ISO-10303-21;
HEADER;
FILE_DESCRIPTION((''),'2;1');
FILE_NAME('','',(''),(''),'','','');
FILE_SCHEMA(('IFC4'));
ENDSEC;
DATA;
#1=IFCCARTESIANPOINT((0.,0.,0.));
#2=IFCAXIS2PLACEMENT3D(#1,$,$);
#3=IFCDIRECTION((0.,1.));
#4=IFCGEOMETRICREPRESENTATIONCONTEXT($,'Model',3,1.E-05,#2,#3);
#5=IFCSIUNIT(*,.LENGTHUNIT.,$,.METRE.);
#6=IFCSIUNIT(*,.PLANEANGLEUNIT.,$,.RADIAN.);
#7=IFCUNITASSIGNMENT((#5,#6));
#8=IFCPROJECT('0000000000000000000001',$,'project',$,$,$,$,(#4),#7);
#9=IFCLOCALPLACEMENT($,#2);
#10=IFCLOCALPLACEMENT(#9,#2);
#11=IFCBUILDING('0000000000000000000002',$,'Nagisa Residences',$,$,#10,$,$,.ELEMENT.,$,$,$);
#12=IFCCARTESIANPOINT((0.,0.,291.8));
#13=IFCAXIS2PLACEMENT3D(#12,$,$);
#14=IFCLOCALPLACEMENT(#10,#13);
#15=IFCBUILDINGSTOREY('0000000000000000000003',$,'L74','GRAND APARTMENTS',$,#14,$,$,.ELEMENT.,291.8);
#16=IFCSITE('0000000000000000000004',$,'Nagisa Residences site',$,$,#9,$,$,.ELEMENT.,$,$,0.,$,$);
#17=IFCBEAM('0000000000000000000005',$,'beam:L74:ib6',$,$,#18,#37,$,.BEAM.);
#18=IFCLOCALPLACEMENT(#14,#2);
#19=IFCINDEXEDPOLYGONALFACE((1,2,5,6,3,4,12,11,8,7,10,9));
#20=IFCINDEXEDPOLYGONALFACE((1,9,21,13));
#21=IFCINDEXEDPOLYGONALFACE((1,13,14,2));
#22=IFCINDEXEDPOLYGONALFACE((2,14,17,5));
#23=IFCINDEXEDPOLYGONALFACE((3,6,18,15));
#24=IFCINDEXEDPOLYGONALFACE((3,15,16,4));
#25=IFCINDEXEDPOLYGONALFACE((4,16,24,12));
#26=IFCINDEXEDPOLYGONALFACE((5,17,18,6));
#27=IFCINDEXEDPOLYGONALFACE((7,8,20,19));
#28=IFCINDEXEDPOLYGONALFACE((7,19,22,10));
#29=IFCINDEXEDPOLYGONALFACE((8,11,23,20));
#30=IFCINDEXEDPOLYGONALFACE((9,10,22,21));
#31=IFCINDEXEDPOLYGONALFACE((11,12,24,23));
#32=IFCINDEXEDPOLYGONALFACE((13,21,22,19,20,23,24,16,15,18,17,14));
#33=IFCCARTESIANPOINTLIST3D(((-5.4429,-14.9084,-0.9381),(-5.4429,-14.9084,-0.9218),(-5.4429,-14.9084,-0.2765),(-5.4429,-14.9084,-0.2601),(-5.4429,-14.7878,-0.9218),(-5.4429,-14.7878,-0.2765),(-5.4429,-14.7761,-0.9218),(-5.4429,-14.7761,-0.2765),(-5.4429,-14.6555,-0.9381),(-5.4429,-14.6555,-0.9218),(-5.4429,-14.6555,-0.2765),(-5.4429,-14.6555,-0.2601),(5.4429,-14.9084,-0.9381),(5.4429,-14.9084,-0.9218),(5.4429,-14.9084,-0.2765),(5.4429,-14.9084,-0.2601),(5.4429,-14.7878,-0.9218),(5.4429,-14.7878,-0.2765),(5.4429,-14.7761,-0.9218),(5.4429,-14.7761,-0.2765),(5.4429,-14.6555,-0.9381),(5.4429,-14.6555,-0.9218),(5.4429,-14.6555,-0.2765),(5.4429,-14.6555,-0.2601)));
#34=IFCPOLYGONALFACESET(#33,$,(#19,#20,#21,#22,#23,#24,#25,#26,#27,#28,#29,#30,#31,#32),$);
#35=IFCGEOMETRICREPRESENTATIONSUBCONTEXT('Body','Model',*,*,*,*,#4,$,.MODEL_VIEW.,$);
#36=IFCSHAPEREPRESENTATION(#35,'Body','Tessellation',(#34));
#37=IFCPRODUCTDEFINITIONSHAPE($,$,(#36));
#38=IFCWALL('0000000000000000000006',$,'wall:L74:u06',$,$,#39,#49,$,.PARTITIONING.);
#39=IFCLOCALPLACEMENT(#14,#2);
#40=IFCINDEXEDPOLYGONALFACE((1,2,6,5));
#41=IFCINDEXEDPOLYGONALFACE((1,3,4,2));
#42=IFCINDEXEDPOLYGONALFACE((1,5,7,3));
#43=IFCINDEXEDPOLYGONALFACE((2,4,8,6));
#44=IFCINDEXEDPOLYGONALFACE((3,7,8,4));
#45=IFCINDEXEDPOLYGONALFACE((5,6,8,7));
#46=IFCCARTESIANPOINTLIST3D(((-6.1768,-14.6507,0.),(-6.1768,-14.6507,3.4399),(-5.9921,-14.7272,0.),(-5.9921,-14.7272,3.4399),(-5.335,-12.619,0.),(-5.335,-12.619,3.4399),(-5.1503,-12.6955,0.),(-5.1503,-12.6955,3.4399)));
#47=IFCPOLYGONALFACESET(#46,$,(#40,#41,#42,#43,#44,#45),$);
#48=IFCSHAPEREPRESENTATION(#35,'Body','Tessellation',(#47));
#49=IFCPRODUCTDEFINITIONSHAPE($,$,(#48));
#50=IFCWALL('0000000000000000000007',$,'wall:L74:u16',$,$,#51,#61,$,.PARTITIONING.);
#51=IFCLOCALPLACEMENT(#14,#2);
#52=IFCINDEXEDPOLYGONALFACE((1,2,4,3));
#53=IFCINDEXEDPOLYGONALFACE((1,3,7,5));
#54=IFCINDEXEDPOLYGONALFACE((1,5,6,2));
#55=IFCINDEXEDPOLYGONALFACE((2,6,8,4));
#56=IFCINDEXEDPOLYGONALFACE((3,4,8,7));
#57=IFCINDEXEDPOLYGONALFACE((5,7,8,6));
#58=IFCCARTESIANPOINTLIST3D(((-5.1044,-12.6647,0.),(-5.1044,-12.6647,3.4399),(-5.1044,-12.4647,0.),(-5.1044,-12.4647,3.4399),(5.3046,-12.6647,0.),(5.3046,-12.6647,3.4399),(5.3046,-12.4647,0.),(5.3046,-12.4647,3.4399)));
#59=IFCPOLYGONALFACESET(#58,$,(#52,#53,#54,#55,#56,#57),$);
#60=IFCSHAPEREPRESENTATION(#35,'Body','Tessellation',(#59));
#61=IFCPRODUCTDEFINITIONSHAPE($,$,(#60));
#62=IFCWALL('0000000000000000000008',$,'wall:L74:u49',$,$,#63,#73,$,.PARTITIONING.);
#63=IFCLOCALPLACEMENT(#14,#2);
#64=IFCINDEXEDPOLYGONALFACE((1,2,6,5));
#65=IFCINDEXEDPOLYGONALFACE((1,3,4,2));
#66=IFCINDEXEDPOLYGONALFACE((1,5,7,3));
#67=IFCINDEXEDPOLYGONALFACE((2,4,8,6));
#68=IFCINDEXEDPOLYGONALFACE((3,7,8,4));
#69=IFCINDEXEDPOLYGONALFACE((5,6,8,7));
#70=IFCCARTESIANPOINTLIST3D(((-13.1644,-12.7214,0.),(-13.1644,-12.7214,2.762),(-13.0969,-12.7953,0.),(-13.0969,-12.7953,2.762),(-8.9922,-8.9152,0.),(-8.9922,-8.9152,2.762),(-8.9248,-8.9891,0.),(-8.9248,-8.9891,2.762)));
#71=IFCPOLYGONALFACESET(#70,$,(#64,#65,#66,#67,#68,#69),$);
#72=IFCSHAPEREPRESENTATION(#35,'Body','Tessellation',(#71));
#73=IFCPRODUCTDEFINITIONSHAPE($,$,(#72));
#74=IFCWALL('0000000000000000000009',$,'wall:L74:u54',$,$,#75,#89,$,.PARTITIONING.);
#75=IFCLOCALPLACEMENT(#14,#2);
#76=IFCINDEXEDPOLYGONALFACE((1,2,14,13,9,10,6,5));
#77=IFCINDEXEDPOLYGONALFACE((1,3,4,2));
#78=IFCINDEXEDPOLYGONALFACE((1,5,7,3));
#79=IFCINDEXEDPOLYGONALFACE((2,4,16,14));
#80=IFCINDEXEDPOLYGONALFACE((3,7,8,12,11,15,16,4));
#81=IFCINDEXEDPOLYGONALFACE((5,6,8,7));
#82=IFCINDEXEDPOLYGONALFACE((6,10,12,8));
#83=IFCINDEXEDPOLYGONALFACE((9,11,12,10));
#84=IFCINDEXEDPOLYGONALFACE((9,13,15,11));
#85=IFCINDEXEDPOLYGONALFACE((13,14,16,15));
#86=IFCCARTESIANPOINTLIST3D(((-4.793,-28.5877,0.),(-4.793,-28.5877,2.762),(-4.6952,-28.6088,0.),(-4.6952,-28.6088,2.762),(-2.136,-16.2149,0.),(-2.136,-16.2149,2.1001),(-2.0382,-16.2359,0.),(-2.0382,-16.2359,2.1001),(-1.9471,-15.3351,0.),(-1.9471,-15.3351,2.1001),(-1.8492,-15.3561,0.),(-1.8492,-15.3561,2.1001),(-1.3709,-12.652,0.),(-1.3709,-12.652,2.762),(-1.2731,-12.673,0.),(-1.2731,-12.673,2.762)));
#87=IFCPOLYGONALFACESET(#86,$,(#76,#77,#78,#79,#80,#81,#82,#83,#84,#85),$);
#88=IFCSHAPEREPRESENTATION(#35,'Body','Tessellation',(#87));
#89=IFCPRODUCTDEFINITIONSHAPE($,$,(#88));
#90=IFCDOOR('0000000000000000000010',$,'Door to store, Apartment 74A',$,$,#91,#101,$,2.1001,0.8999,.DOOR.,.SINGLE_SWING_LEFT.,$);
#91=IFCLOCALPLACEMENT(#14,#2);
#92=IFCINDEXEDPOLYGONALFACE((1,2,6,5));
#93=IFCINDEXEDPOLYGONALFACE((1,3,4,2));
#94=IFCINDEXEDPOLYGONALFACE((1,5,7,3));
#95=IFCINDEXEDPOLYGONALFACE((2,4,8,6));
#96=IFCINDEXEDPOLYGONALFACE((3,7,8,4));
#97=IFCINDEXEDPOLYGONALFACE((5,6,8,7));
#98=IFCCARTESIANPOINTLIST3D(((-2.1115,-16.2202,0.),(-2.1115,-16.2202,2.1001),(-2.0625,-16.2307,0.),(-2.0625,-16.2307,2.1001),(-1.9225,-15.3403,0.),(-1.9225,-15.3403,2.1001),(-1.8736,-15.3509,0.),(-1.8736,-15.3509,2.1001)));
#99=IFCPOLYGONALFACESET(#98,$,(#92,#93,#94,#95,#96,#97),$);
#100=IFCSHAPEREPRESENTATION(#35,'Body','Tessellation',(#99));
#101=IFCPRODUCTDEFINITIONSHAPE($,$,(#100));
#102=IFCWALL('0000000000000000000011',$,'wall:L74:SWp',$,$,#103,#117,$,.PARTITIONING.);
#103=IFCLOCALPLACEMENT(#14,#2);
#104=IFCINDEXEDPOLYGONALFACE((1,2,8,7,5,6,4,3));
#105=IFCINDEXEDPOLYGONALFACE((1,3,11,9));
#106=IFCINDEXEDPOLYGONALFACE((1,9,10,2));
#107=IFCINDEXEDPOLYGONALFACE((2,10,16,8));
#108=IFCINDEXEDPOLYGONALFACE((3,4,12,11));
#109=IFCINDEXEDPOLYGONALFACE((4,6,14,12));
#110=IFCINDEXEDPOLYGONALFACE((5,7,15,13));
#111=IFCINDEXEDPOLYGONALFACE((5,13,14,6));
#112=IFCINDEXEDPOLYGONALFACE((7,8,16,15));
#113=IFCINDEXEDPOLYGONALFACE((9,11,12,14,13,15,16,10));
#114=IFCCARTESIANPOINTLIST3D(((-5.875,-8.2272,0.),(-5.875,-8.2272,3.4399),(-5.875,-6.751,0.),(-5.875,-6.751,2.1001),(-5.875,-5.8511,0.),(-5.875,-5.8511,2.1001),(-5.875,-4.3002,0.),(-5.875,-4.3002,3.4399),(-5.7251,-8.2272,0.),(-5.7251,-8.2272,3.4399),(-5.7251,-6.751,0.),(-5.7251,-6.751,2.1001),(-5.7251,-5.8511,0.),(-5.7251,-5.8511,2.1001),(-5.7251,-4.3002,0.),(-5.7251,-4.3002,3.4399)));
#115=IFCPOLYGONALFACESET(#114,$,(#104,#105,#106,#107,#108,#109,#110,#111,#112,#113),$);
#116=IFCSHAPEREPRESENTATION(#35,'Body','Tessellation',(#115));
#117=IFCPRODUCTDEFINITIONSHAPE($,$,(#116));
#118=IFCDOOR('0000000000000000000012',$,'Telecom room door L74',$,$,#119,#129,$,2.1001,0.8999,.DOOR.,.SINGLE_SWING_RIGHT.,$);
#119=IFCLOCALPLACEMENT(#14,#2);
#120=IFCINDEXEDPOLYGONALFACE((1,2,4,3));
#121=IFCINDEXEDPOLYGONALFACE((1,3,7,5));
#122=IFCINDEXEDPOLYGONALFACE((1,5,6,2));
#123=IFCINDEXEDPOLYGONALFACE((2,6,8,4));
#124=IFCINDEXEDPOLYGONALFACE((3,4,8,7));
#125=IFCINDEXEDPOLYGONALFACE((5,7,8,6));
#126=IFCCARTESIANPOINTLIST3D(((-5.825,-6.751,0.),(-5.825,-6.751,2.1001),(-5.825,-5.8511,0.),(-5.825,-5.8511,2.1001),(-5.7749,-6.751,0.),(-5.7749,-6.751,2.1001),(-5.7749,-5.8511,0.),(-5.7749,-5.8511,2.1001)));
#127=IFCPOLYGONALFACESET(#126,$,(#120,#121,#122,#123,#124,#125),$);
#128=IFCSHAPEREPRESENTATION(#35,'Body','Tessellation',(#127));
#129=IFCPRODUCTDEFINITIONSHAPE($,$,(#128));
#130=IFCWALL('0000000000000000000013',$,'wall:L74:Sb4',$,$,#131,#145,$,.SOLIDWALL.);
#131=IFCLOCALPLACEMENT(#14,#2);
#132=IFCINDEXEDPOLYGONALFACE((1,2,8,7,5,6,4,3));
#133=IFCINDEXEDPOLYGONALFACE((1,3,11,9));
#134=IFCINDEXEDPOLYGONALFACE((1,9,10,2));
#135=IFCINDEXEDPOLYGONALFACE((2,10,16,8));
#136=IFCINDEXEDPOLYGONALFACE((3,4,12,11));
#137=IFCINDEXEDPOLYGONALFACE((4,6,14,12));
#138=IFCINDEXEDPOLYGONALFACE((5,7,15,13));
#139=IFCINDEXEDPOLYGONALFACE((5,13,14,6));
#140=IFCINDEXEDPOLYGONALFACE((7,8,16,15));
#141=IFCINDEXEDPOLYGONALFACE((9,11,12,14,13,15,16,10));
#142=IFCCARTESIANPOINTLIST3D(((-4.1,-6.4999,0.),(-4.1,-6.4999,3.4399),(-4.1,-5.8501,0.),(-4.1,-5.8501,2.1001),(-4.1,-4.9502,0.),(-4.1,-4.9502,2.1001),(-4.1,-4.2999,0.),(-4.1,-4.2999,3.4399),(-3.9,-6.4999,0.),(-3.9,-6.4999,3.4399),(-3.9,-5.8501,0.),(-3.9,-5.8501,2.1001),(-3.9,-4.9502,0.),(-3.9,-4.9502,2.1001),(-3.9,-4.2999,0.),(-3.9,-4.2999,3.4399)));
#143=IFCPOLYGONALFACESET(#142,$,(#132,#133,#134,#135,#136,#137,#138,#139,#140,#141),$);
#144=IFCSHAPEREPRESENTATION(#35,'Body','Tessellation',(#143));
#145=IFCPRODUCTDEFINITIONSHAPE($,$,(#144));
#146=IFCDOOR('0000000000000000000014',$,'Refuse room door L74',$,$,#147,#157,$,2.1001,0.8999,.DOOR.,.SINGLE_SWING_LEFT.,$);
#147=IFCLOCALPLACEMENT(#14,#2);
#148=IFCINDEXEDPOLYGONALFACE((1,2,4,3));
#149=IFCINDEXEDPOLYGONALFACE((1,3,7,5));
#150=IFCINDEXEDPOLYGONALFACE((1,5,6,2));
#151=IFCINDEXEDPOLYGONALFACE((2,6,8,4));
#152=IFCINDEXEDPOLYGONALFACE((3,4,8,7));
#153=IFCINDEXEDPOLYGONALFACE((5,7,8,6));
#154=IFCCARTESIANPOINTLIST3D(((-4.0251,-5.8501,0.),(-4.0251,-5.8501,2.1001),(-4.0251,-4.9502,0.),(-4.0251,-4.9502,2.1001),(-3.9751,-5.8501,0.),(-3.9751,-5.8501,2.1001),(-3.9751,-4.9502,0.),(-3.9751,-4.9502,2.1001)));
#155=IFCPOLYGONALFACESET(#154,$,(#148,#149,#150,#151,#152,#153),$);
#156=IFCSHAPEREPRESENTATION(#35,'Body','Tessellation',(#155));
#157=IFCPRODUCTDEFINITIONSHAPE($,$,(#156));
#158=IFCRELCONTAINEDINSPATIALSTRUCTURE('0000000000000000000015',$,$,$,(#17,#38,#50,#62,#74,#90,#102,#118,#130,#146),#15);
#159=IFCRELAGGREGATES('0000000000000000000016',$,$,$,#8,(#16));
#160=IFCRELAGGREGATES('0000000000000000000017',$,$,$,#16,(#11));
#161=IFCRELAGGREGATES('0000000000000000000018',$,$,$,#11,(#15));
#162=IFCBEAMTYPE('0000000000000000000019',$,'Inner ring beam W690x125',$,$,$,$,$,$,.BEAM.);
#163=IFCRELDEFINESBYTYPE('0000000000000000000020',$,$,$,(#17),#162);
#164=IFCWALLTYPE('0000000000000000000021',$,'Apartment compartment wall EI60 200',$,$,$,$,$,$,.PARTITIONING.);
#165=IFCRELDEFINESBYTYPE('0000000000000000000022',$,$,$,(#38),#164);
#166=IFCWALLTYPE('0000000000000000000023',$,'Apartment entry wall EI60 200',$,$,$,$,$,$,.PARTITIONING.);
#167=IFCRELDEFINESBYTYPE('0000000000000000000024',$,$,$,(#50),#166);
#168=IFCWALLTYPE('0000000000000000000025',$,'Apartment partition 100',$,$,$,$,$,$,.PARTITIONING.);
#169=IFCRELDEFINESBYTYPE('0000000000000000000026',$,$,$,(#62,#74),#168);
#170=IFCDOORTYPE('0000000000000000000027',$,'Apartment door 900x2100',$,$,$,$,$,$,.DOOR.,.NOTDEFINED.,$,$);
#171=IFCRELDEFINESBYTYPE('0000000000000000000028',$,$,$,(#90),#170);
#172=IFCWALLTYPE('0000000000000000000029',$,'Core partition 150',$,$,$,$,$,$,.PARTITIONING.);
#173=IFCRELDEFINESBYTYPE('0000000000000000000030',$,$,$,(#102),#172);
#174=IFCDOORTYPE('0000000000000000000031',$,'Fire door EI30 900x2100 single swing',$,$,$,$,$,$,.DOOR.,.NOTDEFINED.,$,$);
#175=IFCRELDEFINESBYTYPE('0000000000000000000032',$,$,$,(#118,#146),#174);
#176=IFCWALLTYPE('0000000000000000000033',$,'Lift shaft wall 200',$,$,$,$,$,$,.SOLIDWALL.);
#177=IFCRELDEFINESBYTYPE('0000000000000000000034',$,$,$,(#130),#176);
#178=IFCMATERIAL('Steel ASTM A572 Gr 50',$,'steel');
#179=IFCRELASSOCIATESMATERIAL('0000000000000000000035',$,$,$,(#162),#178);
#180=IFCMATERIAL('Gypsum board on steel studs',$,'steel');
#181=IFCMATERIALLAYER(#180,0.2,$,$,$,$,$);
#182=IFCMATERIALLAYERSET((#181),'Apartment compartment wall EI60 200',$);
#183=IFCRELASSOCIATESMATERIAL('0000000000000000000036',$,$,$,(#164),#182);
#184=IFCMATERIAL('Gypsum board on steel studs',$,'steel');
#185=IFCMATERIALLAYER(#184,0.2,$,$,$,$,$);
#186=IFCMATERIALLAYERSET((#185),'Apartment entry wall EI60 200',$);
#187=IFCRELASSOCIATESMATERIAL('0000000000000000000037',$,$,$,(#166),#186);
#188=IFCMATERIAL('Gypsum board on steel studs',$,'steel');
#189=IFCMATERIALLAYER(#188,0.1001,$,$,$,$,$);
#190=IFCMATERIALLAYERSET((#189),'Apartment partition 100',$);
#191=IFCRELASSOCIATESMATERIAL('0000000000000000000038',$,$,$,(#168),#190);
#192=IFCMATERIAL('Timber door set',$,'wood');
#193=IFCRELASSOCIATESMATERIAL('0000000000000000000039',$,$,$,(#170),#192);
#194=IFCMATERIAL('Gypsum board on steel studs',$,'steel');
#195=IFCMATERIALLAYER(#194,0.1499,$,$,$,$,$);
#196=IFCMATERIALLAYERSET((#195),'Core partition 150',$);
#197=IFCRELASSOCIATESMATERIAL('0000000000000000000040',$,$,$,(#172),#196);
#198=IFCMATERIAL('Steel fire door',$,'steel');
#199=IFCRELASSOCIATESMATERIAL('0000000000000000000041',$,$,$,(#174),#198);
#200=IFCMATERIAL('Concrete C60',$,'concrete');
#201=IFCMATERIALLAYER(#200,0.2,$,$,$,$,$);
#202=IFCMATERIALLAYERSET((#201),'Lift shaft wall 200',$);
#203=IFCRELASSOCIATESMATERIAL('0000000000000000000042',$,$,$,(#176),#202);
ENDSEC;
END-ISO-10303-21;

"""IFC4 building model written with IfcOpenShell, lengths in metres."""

from ifc_helpers import new_model, si_unit, direction, frame, frame_2d, origin, origin_2d, place, context, subcontext, project, spatial, rectangle, i_section, extrude, material, layer, layer_set, material_profile, profile_set, type_object, element, fill, save


model = new_model("IFC4")

# Units and contexts
model_context = context("Model", 3, precision=1e-05, world=origin(), true_north=direction((0.0, 1.0)))
body_context = subcontext(model_context, "Body", "Model", "MODEL_VIEW")
ifc_project = project(units=[si_unit("LENGTHUNIT", "METRE"), si_unit("PLANEANGLEUNIT", "RADIAN")], contexts=[model_context])

# Site, building, storey
site_placement = place(None, origin())
site = spatial("IfcSite", under=ifc_project, at=site_placement, Name="Nagisa Residences site", CompositionType="ELEMENT", RefElevation=0.0)
building_placement = place(site_placement, origin())
building = spatial("IfcBuilding", under=site, at=building_placement, Name="Nagisa Residences", CompositionType="ELEMENT")
storey_placement = place(building_placement, frame((0.0, 0.0, 291.8)))
storey = spatial("IfcBuildingStorey", under=building, at=storey_placement, Name="L74", Description="GRAND APARTMENTS", CompositionType="ELEMENT", Elevation=291.8)

# Beam
ifc_material_1 = material(Name="Steel ASTM A572 Gr 50", Category="steel")
ifc_material_profile = material_profile(ifc_material_1, i_section(OverallWidth=0.2529, OverallDepth=0.678, WebThickness=0.0117, FlangeThickness=0.0164, at=origin_2d()), Name="W690x125")
ifc_profile_set = profile_set([ifc_material_profile], Name="Steel ASTM A572 Gr 50")
beam_type = type_object("IfcBeamType", Name="Inner ring beam W690x125", PredefinedType="BEAM", material=ifc_profile_set)
beam_placement = place(storey_placement, frame((-5.4429, -14.782, -0.5991), z_axis=(1.0, 0.0, 0.0), x_axis=(0.0, 1.0, 0.0)))
element("IfcBeam", 1, at=beam_placement, inside=storey, type_object=beam_type, Name="beam:L74:ib6", PredefinedType="BEAM", context=body_context, shape_type="SweptSolid", body=[
    extrude(i_section(OverallWidth=0.2529, OverallDepth=0.678, WebThickness=0.0117, FlangeThickness=0.0164, at=origin_2d()), origin(), (0.0, 0.0, 1.0), 10.8857),
])

# Walls
ifc_material_2 = material(Name="Gypsum board on steel studs", Category="steel")
ifc_layer_1 = layer(ifc_material_2, 0.2)
ifc_layer_set_1 = layer_set([ifc_layer_1], Name="Apartment compartment wall EI60 200")
wall_type_1 = type_object("IfcWallType", Name="Apartment compartment wall EI60 200", PredefinedType="PARTITIONING", material=ifc_layer_set_1)
wall_1_placement = place(storey_placement, frame((-5.2427, -12.6572, 0.0), z_axis=(0.0, 0.0, 1.0), x_axis=(-0.38277, -0.923844, 0.0)))
element("IfcWall", 2, at=wall_1_placement, inside=storey, type_object=wall_type_1, Name="wall:L74:u06", PredefinedType="PARTITIONING", context=body_context, shape_type="SweptSolid", body=[
    extrude(rectangle(XDim=2.1992, YDim=0.2, at=frame_2d((1.0996, 0.0))), origin(), (0.0, 0.0, 1.0), 3.4399),
])
ifc_material_3 = material(Name="Gypsum board on steel studs", Category="steel")
ifc_layer_2 = layer(ifc_material_3, 0.2)
ifc_layer_set_2 = layer_set([ifc_layer_2], Name="Apartment entry wall EI60 200")
wall_type_2 = type_object("IfcWallType", Name="Apartment entry wall EI60 200", PredefinedType="PARTITIONING", material=ifc_layer_set_2)
wall_2_placement = place(storey_placement, frame((-5.1045, -12.5647, 0.0), z_axis=(0.0, 0.0, 1.0), x_axis=(1.0, 0.0, 0.0)))
element("IfcWall", 3, at=wall_2_placement, inside=storey, type_object=wall_type_2, Name="wall:L74:u16", PredefinedType="PARTITIONING", context=body_context, shape_type="SweptSolid", body=[
    extrude(rectangle(XDim=10.4089, YDim=0.2, at=frame_2d((5.2046, 0.0))), origin(), (0.0, 0.0, 1.0), 3.4399),
])
ifc_material_4 = material(Name="Gypsum board on steel studs", Category="steel")
ifc_layer_3 = layer(ifc_material_4, 0.1001)
ifc_layer_set_3 = layer_set([ifc_layer_3], Name="Apartment partition 100")
wall_type_3 = type_object("IfcWallType", Name="Apartment partition 100", PredefinedType="PARTITIONING", material=ifc_layer_set_3)
wall_3_placement = place(storey_placement, frame((-8.9585, -8.9521, 0.0), z_axis=(0.0, 0.0, 1.0), x_axis=(-0.738765, -0.673963, 0.0)))
element("IfcWall", 4, at=wall_3_placement, inside=storey, type_object=wall_type_3, Name="wall:L74:u49", PredefinedType="PARTITIONING", context=body_context, shape_type="SweptSolid", body=[
    extrude(rectangle(XDim=5.6475, YDim=0.1001, at=frame_2d((2.8237, 0.0))), origin(), (0.0, 0.0, 1.0), 2.762),
])

# Walls, openings, doors
wall_4_placement = place(storey_placement, frame((-1.322, -12.6626, 0.0), z_axis=(0.0, 0.0, 1.0), x_axis=(-0.209958, -0.97771, 0.0)))
wall_4 = element("IfcWall", 5, at=wall_4_placement, inside=storey, type_object=wall_type_3, Name="wall:L74:u54", PredefinedType="PARTITIONING", context=body_context, shape_type="SweptSolid", body=[
    extrude(rectangle(XDim=16.2991, YDim=0.1001, at=frame_2d((8.1494, 0.0))), origin(), (0.0, 0.0, 1.0), 2.762),
])
opening_1_placement = place(wall_4_placement, frame((2.7441, 0.0, 0.0)))
opening_1 = element("IfcOpeningElement", 6, at=opening_1_placement, cuts=wall_4, PredefinedType="OPENING", context=body_context, shape_type="SweptSolid", body=[
    extrude(rectangle(XDim=0.8999, YDim=2.1001, at=frame_2d((0.45, 1.05))), frame((0.0, 0.0601, 0.0), z_axis=(0.0, -1.0, 0.0), x_axis=(1.0, 0.0, 0.0)), (0.0, 0.0, 1.0), 0.1201),
])
ifc_material_5 = material(Name="Timber door set", Category="wood")
door_type_1 = type_object("IfcDoorType", Name="Apartment door 900x2100", OperationType="NOTDEFINED", PredefinedType="DOOR", material=ifc_material_5)
door_1_placement = place(opening_1_placement, frame((0.8999, 0.0, 0.0), x_axis=(-1.0, 0.0, 0.0)))
door_1 = element("IfcDoor", 7, at=door_1_placement, inside=storey, type_object=door_type_1, Name="Door to store, Apartment 74A", OperationType="SINGLE_SWING_LEFT", OverallHeight=2.1001, OverallWidth=0.8999, PredefinedType="DOOR", context=body_context, shape_type="SweptSolid", body=[
    extrude(rectangle(XDim=0.8999, YDim=2.1001, at=frame_2d((0.45, 1.05))), frame((0.0, 0.0249, 0.0), z_axis=(0.0, -1.0, 0.0), x_axis=(1.0, 0.0, 0.0)), (0.0, 0.0, 1.0), 0.05),
])
fill(opening_1, door_1)
ifc_material_6 = material(Name="Gypsum board on steel studs", Category="steel")
ifc_layer_4 = layer(ifc_material_6, 0.1499)
ifc_layer_set_4 = layer_set([ifc_layer_4], Name="Core partition 150")
wall_type_4 = type_object("IfcWallType", Name="Core partition 150", PredefinedType="PARTITIONING", material=ifc_layer_set_4)
wall_5_placement = place(storey_placement, frame((-5.8, -8.2271, 0.0), z_axis=(0.0, 0.0, 1.0), x_axis=(0.0, 1.0, 0.0)))
wall_5 = element("IfcWall", 8, at=wall_5_placement, inside=storey, type_object=wall_type_4, Name="wall:L74:SWp", PredefinedType="PARTITIONING", context=body_context, shape_type="SweptSolid", body=[
    extrude(rectangle(XDim=3.927, YDim=0.1499, at=frame_2d((1.9634, 0.0))), origin(), (0.0, 0.0, 1.0), 3.4399),
])
opening_2_placement = place(wall_5_placement, frame((1.4761, 0.0, 0.0)))
opening_2 = element("IfcOpeningElement", 9, at=opening_2_placement, cuts=wall_5, PredefinedType="OPENING", context=body_context, shape_type="SweptSolid", body=[
    extrude(rectangle(XDim=0.8999, YDim=2.1001, at=frame_2d((0.45, 1.05))), frame((0.0, 0.085, 0.0), z_axis=(0.0, -1.0, 0.0), x_axis=(1.0, 0.0, 0.0)), (0.0, 0.0, 1.0), 0.1699),
])
ifc_material_7 = material(Name="Steel fire door", Category="steel")
door_type_2 = type_object("IfcDoorType", Name="Fire door EI30 900x2100 single swing", OperationType="NOTDEFINED", PredefinedType="DOOR", material=ifc_material_7)
door_2_placement = place(opening_2_placement, origin())
door_2 = element("IfcDoor", 10, at=door_2_placement, inside=storey, type_object=door_type_2, Name="Telecom room door L74", OperationType="SINGLE_SWING_RIGHT", OverallHeight=2.1001, OverallWidth=0.8999, PredefinedType="DOOR", context=body_context, shape_type="SweptSolid", body=[
    extrude(rectangle(XDim=0.8999, YDim=2.1001, at=frame_2d((0.45, 1.05))), frame((0.0, 0.0249, 0.0), z_axis=(0.0, -1.0, 0.0), x_axis=(1.0, 0.0, 0.0)), (0.0, 0.0, 1.0), 0.05),
])
fill(opening_2, door_2)
ifc_material_8 = material(Name="Concrete C60", Category="concrete")
ifc_layer_5 = layer(ifc_material_8, 0.2)
ifc_layer_set_5 = layer_set([ifc_layer_5], Name="Lift shaft wall 200")
wall_type_5 = type_object("IfcWallType", Name="Lift shaft wall 200", PredefinedType="SOLIDWALL", material=ifc_layer_set_5)
wall_6_placement = place(storey_placement, frame((-4.0, -6.5, 0.0), z_axis=(0.0, 0.0, 1.0), x_axis=(0.0, 1.0, 0.0)))
wall_6 = element("IfcWall", 11, at=wall_6_placement, inside=storey, type_object=wall_type_5, Name="wall:L74:Sb4", PredefinedType="SOLIDWALL", context=body_context, shape_type="SweptSolid", body=[
    extrude(rectangle(XDim=2.2, YDim=0.2, at=frame_2d((1.1001, 0.0))), origin(), (0.0, 0.0, 1.0), 3.4399),
])
opening_3_placement = place(wall_6_placement, frame((0.6499, 0.0, 0.0)))
opening_3 = element("IfcOpeningElement", 12, at=opening_3_placement, cuts=wall_6, PredefinedType="OPENING", context=body_context, shape_type="SweptSolid", body=[
    extrude(rectangle(XDim=0.8999, YDim=2.1001, at=frame_2d((0.45, 1.05))), frame((0.0, 0.1099, 0.0), z_axis=(0.0, -1.0, 0.0), x_axis=(1.0, 0.0, 0.0)), (0.0, 0.0, 1.0), 0.22),
])
door_3_placement = place(opening_3_placement, frame((0.8999, 0.0, 0.0), x_axis=(-1.0, 0.0, 0.0)))
door_3 = element("IfcDoor", 13, at=door_3_placement, inside=storey, type_object=door_type_2, Name="Refuse room door L74", OperationType="SINGLE_SWING_LEFT", OverallHeight=2.1001, OverallWidth=0.8999, PredefinedType="DOOR", context=body_context, shape_type="SweptSolid", body=[
    extrude(rectangle(XDim=0.8999, YDim=2.1001, at=frame_2d((0.45, 1.05))), frame((0.0, 0.0249, 0.0), z_axis=(0.0, -1.0, 0.0), x_axis=(1.0, 0.0, 0.0)), (0.0, 0.0, 1.0), 0.05),
])
fill(opening_3, door_3)

save(model, "model.ifc")
